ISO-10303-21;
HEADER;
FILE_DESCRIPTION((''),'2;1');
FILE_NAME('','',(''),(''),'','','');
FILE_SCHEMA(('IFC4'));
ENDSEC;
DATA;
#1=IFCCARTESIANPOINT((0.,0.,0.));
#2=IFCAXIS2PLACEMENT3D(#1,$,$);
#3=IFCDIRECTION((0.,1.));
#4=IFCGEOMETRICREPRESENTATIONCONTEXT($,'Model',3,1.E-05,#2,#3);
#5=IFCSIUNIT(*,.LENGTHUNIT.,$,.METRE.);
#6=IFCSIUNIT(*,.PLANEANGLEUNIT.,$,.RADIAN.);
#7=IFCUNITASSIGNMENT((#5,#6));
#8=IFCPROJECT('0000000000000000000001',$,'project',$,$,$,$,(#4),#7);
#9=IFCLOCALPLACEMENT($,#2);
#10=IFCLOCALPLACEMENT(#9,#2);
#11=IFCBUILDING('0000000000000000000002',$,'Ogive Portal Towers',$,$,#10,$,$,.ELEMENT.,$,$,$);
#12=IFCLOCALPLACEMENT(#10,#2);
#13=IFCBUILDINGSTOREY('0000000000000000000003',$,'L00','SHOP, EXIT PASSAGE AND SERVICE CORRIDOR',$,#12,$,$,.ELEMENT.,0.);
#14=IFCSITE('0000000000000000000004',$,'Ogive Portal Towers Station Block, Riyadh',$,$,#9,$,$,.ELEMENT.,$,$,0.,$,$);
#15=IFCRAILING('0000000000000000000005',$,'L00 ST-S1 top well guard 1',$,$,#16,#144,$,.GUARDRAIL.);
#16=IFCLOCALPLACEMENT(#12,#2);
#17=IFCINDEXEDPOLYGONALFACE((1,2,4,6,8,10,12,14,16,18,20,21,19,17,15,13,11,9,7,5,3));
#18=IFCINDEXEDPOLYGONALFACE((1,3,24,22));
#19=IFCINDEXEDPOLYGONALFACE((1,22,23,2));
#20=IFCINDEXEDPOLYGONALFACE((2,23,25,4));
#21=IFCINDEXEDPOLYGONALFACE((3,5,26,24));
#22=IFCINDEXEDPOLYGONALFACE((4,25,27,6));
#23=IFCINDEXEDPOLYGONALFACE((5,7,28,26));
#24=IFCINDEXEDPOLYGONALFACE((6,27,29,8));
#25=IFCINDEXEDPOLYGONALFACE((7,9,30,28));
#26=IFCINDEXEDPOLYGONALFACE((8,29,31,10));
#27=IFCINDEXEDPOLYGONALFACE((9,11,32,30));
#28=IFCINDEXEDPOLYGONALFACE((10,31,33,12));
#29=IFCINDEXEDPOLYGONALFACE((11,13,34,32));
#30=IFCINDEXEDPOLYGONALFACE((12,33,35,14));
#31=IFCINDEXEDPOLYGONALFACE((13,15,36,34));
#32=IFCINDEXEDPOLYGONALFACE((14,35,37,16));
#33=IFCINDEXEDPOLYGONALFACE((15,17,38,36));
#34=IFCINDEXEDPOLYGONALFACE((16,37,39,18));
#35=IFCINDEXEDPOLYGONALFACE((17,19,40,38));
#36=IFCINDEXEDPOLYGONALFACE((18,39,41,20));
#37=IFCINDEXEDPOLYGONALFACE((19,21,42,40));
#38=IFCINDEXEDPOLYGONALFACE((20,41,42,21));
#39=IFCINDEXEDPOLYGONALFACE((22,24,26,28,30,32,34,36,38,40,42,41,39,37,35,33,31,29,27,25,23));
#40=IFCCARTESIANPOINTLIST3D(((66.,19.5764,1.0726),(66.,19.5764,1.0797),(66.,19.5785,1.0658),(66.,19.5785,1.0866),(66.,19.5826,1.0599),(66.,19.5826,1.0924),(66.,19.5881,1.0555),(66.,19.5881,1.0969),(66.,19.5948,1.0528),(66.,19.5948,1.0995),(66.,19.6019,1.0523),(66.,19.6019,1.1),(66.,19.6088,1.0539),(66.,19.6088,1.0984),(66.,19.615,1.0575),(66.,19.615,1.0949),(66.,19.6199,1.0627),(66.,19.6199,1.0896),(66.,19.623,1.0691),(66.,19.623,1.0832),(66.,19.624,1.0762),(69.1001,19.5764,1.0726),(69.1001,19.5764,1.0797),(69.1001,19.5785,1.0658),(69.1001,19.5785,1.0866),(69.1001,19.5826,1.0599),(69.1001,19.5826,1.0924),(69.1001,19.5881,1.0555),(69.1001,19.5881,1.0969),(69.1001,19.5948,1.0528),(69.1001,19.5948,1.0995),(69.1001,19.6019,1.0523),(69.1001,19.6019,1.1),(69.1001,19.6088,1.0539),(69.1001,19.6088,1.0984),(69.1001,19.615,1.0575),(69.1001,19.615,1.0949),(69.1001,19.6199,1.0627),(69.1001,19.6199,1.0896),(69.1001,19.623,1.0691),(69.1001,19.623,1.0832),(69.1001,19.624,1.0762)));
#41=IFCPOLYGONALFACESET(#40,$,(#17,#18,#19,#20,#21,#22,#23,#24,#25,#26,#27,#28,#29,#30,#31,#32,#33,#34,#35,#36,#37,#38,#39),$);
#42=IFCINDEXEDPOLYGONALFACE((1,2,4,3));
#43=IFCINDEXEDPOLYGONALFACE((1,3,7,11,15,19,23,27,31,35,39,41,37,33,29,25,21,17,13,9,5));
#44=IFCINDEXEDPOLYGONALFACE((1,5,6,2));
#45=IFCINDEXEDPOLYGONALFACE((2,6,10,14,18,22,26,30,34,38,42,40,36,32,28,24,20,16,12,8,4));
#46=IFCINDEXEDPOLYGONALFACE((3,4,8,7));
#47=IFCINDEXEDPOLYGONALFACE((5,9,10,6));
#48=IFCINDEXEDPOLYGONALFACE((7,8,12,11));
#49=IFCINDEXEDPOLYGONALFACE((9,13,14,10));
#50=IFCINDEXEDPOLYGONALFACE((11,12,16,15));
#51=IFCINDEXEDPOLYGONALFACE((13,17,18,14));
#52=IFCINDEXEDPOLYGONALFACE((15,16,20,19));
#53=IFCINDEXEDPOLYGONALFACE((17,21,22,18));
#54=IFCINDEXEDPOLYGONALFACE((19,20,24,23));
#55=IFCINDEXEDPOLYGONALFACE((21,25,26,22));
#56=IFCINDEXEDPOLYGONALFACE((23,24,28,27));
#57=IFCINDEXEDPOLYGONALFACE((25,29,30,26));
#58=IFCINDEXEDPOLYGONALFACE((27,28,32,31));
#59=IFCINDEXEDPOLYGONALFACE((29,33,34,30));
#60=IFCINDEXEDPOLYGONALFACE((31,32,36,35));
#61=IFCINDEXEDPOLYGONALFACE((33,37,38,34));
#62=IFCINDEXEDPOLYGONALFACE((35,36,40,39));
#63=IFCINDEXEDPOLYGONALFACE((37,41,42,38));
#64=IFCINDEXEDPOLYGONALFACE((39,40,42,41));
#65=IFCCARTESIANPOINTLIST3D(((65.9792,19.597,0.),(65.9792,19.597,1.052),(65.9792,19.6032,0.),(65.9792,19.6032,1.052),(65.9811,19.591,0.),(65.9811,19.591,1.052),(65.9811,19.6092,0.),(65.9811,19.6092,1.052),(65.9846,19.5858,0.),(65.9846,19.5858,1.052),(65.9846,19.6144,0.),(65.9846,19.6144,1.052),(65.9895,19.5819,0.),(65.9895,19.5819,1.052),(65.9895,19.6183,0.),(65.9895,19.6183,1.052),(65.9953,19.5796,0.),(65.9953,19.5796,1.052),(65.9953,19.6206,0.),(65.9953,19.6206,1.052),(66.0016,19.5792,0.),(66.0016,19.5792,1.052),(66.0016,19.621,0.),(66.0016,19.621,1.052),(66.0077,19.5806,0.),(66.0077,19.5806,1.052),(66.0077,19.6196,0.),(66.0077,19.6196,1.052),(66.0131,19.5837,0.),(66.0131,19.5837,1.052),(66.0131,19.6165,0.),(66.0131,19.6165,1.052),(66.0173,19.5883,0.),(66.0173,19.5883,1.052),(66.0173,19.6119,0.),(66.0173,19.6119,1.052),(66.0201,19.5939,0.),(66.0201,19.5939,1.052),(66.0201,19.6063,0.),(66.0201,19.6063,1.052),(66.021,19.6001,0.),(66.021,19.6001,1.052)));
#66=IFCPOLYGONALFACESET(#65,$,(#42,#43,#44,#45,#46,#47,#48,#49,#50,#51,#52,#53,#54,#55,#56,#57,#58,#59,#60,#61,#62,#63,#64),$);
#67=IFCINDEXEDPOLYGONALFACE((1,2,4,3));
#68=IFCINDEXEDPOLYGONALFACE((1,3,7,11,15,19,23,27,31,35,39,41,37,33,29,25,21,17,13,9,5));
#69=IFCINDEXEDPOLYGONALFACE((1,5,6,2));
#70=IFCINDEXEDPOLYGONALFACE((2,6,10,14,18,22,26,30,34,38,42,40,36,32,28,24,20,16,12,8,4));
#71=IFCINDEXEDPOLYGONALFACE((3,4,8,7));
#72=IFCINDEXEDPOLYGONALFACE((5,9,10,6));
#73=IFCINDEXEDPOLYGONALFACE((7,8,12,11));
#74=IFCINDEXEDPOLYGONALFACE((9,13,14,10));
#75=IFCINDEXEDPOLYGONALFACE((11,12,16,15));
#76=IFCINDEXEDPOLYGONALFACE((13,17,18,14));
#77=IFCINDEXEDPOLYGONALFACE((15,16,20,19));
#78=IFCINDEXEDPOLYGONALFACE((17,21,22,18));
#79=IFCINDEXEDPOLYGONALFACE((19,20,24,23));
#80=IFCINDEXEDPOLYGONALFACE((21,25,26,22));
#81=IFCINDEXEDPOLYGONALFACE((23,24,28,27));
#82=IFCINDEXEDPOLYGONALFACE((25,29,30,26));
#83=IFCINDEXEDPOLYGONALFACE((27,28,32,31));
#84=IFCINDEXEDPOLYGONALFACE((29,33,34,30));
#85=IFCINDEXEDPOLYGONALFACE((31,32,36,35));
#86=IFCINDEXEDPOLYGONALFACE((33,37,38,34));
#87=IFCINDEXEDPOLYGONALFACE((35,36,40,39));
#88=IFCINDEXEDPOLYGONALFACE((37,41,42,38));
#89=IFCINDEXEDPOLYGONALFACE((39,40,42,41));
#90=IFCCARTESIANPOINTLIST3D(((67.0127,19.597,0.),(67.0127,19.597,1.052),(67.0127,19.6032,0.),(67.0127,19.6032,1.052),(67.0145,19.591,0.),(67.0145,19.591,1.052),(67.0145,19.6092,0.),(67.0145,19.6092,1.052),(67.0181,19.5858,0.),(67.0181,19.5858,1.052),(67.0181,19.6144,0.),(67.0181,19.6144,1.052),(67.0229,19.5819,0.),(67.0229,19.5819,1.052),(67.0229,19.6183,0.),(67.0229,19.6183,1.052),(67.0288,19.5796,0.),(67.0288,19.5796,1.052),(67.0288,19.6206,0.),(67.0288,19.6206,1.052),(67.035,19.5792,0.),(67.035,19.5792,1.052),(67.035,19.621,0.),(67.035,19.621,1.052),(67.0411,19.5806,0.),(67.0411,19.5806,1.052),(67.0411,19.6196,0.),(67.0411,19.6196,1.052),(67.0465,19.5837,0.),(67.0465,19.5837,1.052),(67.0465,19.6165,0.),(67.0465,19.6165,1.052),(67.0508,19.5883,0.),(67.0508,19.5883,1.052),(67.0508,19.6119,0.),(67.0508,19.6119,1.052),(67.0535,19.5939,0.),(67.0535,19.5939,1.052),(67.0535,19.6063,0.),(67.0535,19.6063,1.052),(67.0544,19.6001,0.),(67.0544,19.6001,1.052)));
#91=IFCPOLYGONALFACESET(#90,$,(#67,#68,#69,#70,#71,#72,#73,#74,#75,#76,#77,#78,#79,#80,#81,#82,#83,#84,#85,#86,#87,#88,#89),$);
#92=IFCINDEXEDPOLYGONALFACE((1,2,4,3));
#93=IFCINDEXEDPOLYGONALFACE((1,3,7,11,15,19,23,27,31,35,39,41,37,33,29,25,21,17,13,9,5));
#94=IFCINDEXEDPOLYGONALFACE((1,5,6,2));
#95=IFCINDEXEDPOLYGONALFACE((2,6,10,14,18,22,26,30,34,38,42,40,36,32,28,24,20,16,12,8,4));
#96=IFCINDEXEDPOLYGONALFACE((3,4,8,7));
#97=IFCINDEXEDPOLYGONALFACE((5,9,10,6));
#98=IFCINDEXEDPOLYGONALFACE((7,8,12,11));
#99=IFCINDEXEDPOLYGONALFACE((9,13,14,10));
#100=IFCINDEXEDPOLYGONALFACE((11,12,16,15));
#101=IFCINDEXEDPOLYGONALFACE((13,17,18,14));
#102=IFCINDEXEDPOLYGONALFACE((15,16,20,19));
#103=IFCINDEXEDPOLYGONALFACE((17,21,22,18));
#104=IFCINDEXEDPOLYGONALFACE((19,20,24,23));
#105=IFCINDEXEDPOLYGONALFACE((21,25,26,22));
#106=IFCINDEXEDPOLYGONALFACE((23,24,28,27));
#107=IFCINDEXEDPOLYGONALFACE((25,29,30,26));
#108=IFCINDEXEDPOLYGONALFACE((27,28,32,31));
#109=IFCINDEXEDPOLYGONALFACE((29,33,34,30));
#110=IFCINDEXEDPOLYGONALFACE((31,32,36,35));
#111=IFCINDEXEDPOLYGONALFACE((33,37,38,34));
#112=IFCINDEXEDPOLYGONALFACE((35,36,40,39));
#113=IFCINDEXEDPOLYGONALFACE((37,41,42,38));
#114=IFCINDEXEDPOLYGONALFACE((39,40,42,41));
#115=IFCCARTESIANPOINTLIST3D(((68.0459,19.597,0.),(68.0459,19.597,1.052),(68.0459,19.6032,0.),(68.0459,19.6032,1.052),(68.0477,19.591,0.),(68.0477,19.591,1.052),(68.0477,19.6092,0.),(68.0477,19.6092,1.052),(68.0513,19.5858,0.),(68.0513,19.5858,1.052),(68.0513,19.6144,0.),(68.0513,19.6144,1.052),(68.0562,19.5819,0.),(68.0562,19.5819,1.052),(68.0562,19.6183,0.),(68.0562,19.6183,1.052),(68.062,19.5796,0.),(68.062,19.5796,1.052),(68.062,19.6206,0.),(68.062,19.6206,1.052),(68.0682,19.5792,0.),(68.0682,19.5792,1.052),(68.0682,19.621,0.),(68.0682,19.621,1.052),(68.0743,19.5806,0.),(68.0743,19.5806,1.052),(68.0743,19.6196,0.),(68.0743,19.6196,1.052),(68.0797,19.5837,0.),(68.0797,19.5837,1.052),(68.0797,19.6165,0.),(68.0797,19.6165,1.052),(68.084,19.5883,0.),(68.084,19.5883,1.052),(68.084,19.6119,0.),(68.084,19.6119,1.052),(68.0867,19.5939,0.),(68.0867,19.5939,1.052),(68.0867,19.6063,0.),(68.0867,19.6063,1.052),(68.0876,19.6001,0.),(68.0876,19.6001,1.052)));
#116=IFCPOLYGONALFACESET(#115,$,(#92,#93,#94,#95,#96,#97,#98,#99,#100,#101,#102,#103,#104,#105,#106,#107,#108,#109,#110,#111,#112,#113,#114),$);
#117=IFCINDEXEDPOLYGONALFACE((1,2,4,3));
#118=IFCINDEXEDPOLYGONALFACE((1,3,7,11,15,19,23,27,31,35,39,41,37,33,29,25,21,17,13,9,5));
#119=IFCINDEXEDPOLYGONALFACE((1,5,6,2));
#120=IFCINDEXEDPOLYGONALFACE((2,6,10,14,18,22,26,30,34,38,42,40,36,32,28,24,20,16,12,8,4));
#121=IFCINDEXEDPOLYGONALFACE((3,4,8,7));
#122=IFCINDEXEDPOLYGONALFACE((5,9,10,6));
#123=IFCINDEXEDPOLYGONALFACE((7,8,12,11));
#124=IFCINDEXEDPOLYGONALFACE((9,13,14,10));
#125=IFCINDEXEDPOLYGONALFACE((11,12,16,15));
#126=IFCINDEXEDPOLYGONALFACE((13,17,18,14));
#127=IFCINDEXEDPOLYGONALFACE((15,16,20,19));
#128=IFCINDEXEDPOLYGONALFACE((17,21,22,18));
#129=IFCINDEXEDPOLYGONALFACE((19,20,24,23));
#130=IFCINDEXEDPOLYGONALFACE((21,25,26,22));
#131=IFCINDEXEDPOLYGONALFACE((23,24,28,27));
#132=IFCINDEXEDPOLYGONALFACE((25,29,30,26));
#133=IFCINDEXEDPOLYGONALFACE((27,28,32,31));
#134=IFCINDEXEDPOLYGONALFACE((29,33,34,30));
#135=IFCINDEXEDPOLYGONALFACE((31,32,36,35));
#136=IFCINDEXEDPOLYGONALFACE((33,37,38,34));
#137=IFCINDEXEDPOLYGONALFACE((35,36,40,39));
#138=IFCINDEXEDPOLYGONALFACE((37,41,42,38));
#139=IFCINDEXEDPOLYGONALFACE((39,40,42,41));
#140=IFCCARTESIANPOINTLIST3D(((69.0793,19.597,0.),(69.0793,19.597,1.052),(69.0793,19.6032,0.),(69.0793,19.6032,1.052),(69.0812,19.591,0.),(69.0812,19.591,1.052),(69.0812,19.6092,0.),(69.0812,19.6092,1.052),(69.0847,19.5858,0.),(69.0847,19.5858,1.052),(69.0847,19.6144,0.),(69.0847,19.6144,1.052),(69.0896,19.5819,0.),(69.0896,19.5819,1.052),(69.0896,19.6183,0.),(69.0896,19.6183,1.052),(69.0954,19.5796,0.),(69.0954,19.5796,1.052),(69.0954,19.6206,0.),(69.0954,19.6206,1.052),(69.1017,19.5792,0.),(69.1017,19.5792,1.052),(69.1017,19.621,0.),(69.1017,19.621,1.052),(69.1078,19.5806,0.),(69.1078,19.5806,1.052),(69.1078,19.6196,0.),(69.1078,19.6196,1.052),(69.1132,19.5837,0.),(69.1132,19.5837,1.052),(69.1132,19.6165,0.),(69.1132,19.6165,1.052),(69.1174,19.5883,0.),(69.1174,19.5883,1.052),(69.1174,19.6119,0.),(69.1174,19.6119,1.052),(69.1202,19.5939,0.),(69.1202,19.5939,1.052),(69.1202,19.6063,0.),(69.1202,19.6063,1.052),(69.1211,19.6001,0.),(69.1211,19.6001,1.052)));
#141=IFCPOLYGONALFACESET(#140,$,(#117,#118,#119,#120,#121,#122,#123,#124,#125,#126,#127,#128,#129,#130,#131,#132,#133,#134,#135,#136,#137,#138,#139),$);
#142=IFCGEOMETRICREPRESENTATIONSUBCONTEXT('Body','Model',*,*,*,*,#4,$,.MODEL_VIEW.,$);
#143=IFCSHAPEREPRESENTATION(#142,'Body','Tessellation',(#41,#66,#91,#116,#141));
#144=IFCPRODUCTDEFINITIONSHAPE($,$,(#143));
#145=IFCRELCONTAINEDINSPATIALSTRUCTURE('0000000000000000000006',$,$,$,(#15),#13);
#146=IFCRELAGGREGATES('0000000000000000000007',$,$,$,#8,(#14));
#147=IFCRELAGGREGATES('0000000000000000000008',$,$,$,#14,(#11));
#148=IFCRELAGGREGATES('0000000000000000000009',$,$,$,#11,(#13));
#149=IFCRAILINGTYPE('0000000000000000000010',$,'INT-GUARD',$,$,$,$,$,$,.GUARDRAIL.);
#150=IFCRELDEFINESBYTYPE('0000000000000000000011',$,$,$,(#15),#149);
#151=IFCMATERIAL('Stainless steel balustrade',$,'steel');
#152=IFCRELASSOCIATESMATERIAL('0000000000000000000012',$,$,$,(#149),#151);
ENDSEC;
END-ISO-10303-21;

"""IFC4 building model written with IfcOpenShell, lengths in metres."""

from ifc_helpers import new_model, si_unit, direction, frame, origin, origin_2d, place, context, subcontext, project, spatial, circle, extrude, material, type_object, element, save


model = new_model("IFC4")

# Units and contexts
model_context = context("Model", 3, precision=1e-05, world=origin(), true_north=direction((0.0, 1.0)))
body_context = subcontext(model_context, "Body", "Model", "MODEL_VIEW")
ifc_project = project(units=[si_unit("LENGTHUNIT", "METRE"), si_unit("PLANEANGLEUNIT", "RADIAN")], contexts=[model_context])

# Site, building, storey
site_placement = place(None, origin())
site = spatial("IfcSite", under=ifc_project, at=site_placement, Name="Ogive Portal Towers Station Block, Riyadh", CompositionType="ELEMENT", RefElevation=0.0)
building_placement = place(site_placement, origin())
building = spatial("IfcBuilding", under=site, at=building_placement, Name="Ogive Portal Towers", CompositionType="ELEMENT")
storey_placement = place(building_placement, origin())
storey = spatial("IfcBuildingStorey", under=building, at=storey_placement, Name="L00", Description="SHOP, EXIT PASSAGE AND SERVICE CORRIDOR", CompositionType="ELEMENT", Elevation=0.0)

# Railing
ifc_material_1 = material(Name="Stainless steel balustrade", Category="steel")
railing_type = type_object("IfcRailingType", Name="INT-GUARD", PredefinedType="GUARDRAIL", material=ifc_material_1)
railing_placement = place(storey_placement, frame((66.0, 19.6001, 0.0)))
element("IfcRailing", 1, at=railing_placement, inside=storey, type_object=railing_type, Name="L00 ST-S1 top well guard 1", PredefinedType="GUARDRAIL", context=body_context, shape_type="SweptSolid", body=[
    extrude(circle(Radius=0.0239, at=origin_2d()), frame((0.0, 0.0, 1.0762), z_axis=(1.0, 0.0, 0.0), x_axis=(0.0, 1.0, 0.0)), (0.0, 0.0, 1.0), 3.1001),
    extrude(circle(Radius=0.021, at=origin_2d()), origin(), (0.0, 0.0, 1.0), 1.052),
    extrude(circle(Radius=0.021, at=origin_2d()), frame((1.0334, 0.0, 0.0)), (0.0, 0.0, 1.0), 1.052),
    extrude(circle(Radius=0.021, at=origin_2d()), frame((2.0667, 0.0, 0.0)), (0.0, 0.0, 1.0), 1.052),
    extrude(circle(Radius=0.021, at=origin_2d()), frame((3.1001, 0.0, 0.0)), (0.0, 0.0, 1.0), 1.052),
])

save(model, "model.ifc")
